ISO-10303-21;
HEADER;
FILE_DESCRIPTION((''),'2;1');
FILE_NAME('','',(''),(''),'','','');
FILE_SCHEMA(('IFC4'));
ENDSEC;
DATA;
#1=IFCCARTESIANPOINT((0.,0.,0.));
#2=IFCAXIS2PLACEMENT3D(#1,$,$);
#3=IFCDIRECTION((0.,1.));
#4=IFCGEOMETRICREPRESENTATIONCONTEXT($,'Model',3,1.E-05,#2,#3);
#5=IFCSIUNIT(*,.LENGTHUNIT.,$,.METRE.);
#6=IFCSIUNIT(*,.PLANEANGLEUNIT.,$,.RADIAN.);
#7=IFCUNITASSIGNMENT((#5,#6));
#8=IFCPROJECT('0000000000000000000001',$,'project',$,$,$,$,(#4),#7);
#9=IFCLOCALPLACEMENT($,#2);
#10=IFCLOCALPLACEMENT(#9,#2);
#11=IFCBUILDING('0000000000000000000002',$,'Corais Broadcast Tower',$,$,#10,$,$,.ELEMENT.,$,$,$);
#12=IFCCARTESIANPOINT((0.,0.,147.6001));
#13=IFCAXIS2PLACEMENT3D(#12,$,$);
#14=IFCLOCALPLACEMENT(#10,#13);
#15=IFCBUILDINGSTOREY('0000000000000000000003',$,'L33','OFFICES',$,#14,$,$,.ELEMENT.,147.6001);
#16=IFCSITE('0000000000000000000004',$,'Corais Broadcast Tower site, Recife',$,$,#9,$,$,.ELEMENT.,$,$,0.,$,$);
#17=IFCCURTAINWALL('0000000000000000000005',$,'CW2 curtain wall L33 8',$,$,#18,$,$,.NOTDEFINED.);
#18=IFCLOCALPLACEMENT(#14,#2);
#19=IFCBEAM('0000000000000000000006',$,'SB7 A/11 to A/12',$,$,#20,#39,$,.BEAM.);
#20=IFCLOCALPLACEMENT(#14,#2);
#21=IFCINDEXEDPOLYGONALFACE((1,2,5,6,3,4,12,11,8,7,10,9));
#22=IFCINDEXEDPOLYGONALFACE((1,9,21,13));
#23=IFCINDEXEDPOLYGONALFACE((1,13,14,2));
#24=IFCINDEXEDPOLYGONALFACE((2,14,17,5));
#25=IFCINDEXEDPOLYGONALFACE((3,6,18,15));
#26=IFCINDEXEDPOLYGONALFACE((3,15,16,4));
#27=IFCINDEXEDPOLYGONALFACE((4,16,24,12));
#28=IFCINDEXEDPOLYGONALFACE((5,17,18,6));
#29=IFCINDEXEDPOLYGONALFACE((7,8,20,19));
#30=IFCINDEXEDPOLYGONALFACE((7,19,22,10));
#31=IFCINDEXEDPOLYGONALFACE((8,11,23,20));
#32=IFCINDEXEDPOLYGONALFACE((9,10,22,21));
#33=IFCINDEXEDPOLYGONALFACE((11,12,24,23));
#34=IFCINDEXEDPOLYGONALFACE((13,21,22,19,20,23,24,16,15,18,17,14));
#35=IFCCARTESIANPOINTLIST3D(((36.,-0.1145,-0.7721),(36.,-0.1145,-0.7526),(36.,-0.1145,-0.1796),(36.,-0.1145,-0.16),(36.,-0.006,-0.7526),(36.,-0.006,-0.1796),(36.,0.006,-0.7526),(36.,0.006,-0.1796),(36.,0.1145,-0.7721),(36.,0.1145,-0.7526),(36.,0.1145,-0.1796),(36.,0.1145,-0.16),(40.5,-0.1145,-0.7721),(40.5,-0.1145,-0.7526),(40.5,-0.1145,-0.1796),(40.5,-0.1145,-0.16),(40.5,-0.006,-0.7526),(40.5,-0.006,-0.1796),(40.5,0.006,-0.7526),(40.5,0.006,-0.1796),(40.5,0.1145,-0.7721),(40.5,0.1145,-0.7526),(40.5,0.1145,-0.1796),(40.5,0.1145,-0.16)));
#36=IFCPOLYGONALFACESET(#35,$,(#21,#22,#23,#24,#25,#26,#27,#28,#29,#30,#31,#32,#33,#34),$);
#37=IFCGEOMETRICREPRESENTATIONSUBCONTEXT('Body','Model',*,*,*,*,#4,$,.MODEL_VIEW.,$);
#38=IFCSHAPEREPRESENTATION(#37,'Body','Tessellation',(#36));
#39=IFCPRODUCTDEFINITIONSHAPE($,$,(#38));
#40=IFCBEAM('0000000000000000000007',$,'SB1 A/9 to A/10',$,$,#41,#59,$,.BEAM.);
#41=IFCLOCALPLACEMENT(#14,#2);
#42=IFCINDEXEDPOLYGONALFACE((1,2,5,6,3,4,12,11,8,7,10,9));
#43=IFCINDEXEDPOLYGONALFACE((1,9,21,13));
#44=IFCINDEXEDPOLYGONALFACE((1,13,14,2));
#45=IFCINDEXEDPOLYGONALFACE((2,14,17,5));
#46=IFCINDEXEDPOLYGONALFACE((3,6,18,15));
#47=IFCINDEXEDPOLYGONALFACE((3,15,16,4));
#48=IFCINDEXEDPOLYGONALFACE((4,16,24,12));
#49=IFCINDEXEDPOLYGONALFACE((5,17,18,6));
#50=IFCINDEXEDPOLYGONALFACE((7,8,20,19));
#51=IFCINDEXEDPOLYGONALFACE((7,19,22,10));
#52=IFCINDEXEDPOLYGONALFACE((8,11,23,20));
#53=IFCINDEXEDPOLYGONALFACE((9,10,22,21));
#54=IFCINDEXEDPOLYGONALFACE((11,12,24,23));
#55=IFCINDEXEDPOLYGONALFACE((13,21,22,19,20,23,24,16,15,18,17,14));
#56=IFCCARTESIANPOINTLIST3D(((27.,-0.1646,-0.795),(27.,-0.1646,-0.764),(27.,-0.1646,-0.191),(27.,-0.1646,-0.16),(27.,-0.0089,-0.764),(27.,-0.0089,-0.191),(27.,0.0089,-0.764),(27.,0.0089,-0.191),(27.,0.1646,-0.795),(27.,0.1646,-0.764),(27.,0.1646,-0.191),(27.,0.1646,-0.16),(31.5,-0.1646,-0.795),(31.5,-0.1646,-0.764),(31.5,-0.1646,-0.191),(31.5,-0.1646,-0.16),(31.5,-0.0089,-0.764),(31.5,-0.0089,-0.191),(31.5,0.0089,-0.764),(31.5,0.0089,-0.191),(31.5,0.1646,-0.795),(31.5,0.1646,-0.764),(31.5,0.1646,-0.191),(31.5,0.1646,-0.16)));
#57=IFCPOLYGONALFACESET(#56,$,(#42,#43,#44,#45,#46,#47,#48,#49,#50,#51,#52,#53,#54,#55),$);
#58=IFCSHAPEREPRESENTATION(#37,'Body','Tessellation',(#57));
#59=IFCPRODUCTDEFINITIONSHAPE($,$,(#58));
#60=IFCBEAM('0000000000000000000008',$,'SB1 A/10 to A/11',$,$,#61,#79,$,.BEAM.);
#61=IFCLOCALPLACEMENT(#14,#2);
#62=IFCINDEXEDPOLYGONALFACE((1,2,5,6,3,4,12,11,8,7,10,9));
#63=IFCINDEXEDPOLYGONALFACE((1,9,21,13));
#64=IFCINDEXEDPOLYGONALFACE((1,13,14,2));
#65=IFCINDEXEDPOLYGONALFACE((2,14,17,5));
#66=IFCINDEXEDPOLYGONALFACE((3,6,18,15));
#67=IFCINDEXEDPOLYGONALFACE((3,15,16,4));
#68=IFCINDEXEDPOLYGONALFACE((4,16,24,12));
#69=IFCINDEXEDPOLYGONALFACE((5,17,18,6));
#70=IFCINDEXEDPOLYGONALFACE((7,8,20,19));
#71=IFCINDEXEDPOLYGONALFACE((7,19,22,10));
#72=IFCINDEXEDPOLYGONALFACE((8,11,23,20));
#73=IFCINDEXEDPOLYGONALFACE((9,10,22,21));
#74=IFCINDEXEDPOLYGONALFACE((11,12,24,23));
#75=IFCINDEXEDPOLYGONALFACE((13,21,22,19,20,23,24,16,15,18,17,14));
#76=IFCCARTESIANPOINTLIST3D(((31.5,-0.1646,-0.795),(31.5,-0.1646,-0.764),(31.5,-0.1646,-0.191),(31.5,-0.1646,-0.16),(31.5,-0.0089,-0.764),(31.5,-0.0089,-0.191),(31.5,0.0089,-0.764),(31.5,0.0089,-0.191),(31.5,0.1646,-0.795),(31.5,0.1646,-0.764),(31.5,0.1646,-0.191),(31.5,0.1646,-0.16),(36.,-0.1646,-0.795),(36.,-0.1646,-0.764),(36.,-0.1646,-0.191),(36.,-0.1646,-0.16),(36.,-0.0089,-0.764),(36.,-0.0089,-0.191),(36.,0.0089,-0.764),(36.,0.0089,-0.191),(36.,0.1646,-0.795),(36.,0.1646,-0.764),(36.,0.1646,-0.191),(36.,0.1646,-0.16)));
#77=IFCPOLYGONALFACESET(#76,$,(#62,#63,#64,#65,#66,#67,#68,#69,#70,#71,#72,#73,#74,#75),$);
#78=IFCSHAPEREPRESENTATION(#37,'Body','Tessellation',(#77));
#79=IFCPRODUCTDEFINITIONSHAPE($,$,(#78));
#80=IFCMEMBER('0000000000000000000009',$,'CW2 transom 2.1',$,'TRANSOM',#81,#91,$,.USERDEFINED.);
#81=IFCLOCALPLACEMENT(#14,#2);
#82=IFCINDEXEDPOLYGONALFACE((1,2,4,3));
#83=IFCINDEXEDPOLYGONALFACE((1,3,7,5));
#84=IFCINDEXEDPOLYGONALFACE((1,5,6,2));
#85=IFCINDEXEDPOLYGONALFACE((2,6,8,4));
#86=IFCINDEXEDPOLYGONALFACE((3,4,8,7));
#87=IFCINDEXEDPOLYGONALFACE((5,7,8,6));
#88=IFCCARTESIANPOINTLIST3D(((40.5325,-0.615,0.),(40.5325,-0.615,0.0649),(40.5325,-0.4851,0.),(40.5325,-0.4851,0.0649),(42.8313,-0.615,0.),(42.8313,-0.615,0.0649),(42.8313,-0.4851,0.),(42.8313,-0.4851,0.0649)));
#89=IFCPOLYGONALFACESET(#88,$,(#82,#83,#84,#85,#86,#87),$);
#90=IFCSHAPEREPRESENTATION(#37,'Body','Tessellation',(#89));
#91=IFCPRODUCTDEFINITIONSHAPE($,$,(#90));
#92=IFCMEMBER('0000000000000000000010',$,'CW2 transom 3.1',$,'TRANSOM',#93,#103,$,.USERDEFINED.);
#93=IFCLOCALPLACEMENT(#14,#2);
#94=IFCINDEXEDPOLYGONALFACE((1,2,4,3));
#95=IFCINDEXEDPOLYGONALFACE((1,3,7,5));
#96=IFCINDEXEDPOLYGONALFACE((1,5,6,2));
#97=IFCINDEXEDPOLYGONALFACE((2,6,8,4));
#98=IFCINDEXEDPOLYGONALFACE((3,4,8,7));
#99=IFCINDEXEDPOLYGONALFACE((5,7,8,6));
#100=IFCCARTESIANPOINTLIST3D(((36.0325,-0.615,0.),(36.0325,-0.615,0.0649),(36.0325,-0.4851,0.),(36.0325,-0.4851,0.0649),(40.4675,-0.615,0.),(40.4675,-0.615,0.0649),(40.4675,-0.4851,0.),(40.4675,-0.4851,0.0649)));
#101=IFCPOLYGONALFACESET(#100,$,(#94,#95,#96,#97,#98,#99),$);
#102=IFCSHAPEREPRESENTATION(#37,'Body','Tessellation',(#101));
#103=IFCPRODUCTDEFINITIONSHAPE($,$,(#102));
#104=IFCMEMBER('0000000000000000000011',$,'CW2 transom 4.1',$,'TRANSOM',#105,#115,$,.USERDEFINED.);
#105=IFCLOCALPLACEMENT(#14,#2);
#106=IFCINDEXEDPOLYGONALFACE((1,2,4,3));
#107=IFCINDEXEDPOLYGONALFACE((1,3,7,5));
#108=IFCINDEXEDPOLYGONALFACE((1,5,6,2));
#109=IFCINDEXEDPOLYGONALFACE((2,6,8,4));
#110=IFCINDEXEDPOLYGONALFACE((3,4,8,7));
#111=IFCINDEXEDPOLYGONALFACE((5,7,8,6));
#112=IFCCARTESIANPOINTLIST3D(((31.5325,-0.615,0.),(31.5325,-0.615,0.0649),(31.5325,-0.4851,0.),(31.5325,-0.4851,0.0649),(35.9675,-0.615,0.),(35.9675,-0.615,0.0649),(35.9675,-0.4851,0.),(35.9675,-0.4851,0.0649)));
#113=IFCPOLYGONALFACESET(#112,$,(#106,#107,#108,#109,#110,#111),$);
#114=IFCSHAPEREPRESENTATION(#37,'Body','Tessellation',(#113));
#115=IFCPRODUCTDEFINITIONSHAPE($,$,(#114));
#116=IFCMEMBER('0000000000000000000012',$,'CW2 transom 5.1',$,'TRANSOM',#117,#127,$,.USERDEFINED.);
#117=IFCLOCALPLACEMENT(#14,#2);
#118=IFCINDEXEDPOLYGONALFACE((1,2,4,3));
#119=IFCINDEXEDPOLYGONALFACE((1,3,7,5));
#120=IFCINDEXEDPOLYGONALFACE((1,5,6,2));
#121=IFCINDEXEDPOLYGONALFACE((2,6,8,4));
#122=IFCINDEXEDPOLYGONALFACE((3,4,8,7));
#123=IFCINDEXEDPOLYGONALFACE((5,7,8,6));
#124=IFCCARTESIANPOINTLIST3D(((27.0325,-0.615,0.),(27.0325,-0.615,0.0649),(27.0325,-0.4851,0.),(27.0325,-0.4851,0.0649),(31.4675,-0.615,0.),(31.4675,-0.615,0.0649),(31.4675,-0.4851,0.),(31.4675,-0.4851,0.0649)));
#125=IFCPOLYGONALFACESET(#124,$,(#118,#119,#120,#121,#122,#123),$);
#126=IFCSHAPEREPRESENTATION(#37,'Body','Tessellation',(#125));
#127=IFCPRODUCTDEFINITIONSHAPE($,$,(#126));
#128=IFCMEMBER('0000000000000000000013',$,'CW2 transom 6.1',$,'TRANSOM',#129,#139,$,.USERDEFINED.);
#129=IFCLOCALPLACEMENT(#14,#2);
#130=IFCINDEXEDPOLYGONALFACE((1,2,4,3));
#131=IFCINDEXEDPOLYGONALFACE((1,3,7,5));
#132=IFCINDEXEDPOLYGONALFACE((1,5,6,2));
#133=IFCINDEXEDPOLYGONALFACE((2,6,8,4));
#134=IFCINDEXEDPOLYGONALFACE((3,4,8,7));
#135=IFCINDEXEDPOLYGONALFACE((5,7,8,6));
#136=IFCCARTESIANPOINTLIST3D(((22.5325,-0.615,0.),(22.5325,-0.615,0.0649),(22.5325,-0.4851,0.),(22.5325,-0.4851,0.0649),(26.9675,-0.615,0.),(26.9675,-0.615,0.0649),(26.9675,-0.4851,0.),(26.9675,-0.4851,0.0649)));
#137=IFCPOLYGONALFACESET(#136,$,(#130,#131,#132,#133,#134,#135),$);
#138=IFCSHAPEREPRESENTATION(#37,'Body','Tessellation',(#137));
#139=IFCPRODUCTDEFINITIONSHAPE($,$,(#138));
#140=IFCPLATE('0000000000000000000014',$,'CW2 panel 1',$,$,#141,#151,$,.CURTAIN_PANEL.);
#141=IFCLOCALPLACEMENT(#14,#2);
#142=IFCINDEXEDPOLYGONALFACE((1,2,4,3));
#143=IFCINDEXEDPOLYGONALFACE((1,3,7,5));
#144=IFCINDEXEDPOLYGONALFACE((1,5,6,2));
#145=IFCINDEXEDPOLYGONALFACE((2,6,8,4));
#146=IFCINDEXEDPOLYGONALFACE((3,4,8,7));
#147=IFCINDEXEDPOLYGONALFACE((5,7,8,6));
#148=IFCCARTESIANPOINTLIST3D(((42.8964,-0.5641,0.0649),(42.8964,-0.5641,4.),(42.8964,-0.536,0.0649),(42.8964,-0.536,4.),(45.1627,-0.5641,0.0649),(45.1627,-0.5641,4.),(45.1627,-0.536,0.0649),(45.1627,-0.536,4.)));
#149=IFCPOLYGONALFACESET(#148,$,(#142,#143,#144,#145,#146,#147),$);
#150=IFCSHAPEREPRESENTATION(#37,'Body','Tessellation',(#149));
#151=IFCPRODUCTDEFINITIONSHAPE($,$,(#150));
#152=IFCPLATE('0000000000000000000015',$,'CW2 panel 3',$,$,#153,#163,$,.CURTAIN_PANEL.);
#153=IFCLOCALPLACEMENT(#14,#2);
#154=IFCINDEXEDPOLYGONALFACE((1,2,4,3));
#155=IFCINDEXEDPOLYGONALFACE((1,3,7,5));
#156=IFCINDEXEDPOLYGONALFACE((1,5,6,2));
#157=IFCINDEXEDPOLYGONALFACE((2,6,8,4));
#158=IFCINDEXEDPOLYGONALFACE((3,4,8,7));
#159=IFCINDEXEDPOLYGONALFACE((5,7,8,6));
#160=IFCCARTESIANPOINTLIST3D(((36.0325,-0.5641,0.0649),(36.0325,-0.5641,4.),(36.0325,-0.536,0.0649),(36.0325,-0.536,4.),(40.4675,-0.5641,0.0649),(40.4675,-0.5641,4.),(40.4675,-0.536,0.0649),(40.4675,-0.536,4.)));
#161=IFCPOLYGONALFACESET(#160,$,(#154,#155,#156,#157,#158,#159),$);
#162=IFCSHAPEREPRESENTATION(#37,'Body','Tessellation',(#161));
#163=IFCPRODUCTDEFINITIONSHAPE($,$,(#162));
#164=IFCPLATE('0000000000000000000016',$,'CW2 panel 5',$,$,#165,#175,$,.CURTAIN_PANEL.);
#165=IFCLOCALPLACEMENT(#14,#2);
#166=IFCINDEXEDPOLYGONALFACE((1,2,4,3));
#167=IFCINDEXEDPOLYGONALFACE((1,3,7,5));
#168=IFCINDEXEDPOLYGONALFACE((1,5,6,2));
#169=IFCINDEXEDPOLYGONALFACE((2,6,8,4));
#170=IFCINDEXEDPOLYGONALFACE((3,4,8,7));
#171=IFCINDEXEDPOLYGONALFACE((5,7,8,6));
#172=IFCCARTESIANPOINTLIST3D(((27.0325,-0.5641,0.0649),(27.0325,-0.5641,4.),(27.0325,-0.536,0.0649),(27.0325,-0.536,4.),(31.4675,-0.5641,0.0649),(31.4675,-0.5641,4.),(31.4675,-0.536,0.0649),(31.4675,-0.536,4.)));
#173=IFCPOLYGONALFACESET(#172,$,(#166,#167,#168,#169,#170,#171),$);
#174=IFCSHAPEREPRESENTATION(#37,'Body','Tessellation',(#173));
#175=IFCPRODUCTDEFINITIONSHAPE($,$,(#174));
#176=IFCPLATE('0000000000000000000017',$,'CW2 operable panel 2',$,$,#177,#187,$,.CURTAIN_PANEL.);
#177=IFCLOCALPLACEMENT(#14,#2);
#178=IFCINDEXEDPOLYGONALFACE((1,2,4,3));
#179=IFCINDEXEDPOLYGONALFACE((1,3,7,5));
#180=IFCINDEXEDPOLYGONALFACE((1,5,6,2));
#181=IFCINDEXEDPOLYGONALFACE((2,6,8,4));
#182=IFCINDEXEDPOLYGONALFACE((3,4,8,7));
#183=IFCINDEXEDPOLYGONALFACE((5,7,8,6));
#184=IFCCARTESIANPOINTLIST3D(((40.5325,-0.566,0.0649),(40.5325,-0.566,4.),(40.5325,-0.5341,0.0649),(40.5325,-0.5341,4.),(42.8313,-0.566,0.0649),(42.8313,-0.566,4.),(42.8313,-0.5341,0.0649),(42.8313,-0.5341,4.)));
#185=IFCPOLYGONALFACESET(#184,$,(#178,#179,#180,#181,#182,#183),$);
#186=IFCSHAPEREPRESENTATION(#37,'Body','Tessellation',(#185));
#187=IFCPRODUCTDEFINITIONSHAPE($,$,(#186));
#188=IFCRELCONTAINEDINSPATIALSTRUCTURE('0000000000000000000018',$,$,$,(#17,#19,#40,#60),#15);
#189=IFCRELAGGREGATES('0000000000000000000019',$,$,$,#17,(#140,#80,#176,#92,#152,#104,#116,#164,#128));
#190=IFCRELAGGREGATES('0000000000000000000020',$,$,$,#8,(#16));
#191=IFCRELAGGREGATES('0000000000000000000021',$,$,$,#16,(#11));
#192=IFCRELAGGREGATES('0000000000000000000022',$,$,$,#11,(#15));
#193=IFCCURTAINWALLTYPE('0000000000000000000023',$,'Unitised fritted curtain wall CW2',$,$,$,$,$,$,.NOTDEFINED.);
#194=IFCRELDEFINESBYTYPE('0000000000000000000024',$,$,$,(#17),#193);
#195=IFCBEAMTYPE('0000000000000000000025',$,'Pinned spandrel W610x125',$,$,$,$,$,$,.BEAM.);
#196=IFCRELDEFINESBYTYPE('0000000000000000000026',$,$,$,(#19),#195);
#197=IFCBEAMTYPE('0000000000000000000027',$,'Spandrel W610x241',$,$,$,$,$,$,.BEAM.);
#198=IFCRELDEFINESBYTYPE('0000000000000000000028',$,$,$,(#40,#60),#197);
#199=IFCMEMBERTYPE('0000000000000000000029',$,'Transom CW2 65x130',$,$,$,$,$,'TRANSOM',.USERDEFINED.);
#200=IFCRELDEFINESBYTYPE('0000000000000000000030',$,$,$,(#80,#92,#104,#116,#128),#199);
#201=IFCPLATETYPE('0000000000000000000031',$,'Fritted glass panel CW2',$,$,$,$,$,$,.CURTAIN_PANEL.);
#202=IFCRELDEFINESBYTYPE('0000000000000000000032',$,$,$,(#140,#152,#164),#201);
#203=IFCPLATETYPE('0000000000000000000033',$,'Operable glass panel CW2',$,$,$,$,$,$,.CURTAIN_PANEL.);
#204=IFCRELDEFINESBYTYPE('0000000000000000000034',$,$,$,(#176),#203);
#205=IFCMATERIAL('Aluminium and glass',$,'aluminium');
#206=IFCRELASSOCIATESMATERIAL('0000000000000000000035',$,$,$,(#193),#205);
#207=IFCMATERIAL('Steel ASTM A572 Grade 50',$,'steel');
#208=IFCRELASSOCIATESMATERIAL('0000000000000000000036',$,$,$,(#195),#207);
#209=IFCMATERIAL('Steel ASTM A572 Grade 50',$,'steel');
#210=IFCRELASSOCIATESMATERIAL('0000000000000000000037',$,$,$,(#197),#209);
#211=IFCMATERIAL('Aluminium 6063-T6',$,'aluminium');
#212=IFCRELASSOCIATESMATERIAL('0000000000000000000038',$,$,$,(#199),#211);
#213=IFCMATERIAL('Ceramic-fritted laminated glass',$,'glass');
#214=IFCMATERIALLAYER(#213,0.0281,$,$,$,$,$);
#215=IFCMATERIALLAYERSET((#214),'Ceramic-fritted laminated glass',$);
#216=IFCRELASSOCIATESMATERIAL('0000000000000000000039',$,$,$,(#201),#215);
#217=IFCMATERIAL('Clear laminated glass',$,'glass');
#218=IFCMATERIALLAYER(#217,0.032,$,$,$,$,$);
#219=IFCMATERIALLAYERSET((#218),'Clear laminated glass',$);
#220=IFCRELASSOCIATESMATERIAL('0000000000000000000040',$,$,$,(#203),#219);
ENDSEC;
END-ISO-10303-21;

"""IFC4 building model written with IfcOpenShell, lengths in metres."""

from ifc_helpers import new_model, si_unit, direction, frame, origin, origin_2d, place, context, subcontext, project, spatial, rectangle, i_section, extrude, material, layer, layer_set, material_profile, profile_set, type_object, element, aggregate, save


model = new_model("IFC4")

# Units and contexts
model_context = context("Model", 3, precision=1e-05, world=origin(), true_north=direction((0.0, 1.0)))
body_context = subcontext(model_context, "Body", "Model", "MODEL_VIEW")
ifc_project = project(units=[si_unit("LENGTHUNIT", "METRE"), si_unit("PLANEANGLEUNIT", "RADIAN")], contexts=[model_context])

# Site, building, storey
site_placement = place(None, origin())
site = spatial("IfcSite", under=ifc_project, at=site_placement, Name="Corais Broadcast Tower site, Recife", CompositionType="ELEMENT", RefElevation=0.0)
building_placement = place(site_placement, origin())
building = spatial("IfcBuilding", under=site, at=building_placement, Name="Corais Broadcast Tower", CompositionType="ELEMENT")
storey_placement = place(building_placement, frame((0.0, 0.0, 147.6001)))
storey = spatial("IfcBuildingStorey", under=building, at=storey_placement, Name="L33", Description="OFFICES", CompositionType="ELEMENT", Elevation=147.6001)

# Curtain wall
ifc_material_1 = material(Name="Aluminium and glass", Category="aluminium")
curtain_wall_type = type_object("IfcCurtainWallType", Name="Unitised fritted curtain wall CW2", PredefinedType="NOTDEFINED", material=ifc_material_1)
curtain_wall_placement = place(storey_placement, origin())
curtain_wall = element("IfcCurtainWall", 1, at=curtain_wall_placement, inside=storey, type_object=curtain_wall_type, Name="CW2 curtain wall L33 8", PredefinedType="NOTDEFINED")

# Beams
ifc_material_2 = material(Name="Steel ASTM A572 Grade 50", Category="steel")
ifc_material_profile_1 = material_profile(ifc_material_2, i_section(OverallWidth=0.229, OverallDepth=0.6121, WebThickness=0.012, FlangeThickness=0.0195, at=origin_2d()), Name="W610x125")
ifc_profile_set_1 = profile_set([ifc_material_profile_1], Name="Steel ASTM A572 Grade 50")
beam_type_1 = type_object("IfcBeamType", Name="Pinned spandrel W610x125", PredefinedType="BEAM", material=ifc_profile_set_1)
beam_placement = place(storey_placement, frame((36.0, 0.0, -0.4661), z_axis=(1.0, 0.0, 0.0), x_axis=(0.0, 1.0, 0.0)))
element("IfcBeam", 2, at=beam_placement, inside=storey, type_object=beam_type_1, Name="SB7 A/11 to A/12", PredefinedType="BEAM", context=body_context, shape_type="SweptSolid", body=[
    extrude(i_section(OverallWidth=0.229, OverallDepth=0.6121, WebThickness=0.012, FlangeThickness=0.0195, at=origin_2d()), origin(), (0.0, 0.0, 1.0), 4.5),
])
ifc_material_3 = material(Name="Steel ASTM A572 Grade 50", Category="steel")
ifc_material_profile_2 = material_profile(ifc_material_3, i_section(OverallWidth=0.3291, OverallDepth=0.635, WebThickness=0.0178, FlangeThickness=0.031, at=origin_2d()), Name="W610x241")
ifc_profile_set_2 = profile_set([ifc_material_profile_2], Name="Steel ASTM A572 Grade 50")
beam_type_2 = type_object("IfcBeamType", Name="Spandrel W610x241", PredefinedType="BEAM", material=ifc_profile_set_2)
for number, where, z_axis, x_axis, name in (
    (3, (27.0, 0.0, -0.4775), (1.0, 0.0, 0.0), (0.0, 1.0, 0.0), "SB1 A/9 to A/10"),
    (4, (31.5, 0.0, -0.4775), (1.0, 0.0, 0.0), (0.0, 1.0, 0.0), "SB1 A/10 to A/11"),
):
    element("IfcBeam", number, at=place(storey_placement, frame(where, z_axis=z_axis, x_axis=x_axis)), inside=storey, type_object=beam_type_2, Name=name, PredefinedType="BEAM", context=body_context, shape_type="SweptSolid", body=[
        extrude(i_section(OverallWidth=0.3291, OverallDepth=0.635, WebThickness=0.0178, FlangeThickness=0.031, at=origin_2d()), origin(), (0.0, 0.0, 1.0), 4.5),
    ])

# Members
ifc_material_4 = material(Name="Aluminium 6063-T6", Category="aluminium")
ifc_material_profile_3 = material_profile(ifc_material_4, rectangle(XDim=0.1299, YDim=0.0649, at=origin_2d()), Name="Transom CW2 65x130")
ifc_profile_set_3 = profile_set([ifc_material_profile_3], Name="Aluminium 6063-T6")
member_type_1 = type_object("IfcMemberType", Name="Transom CW2 65x130", ElementType="TRANSOM", PredefinedType="USERDEFINED", material=ifc_profile_set_3)
member_1_placement = place(storey_placement, frame((42.8313, -0.55, 0.0325), z_axis=(-1.0, 0.0, 0.0), x_axis=(0.0, -1.0, 0.0)))
member_1 = element("IfcMember", 5, at=member_1_placement, type_object=member_type_1, Name="CW2 transom 2.1", ObjectType="TRANSOM", PredefinedType="USERDEFINED", context=body_context, shape_type="SweptSolid", body=[
    extrude(rectangle(XDim=0.1299, YDim=0.0649, at=origin_2d()), origin(), (0.0, 0.0, 1.0), 2.2988),
])
member_2_placement = place(storey_placement, frame((40.4675, -0.55, 0.0325), z_axis=(-1.0, 0.0, 0.0), x_axis=(0.0, -1.0, 0.0)))
member_2 = element("IfcMember", 6, at=member_2_placement, type_object=member_type_1, Name="CW2 transom 3.1", ObjectType="TRANSOM", PredefinedType="USERDEFINED", context=body_context, shape_type="SweptSolid", body=[
    extrude(rectangle(XDim=0.1299, YDim=0.0649, at=origin_2d()), origin(), (0.0, 0.0, 1.0), 4.4351),
])
member_3_placement = place(storey_placement, frame((35.9675, -0.55, 0.0325), z_axis=(-1.0, 0.0, 0.0), x_axis=(0.0, -1.0, 0.0)))
member_3 = element("IfcMember", 7, at=member_3_placement, type_object=member_type_1, Name="CW2 transom 4.1", ObjectType="TRANSOM", PredefinedType="USERDEFINED", context=body_context, shape_type="SweptSolid", body=[
    extrude(rectangle(XDim=0.1299, YDim=0.0649, at=origin_2d()), origin(), (0.0, 0.0, 1.0), 4.4351),
])
member_4_placement = place(storey_placement, frame((31.4675, -0.55, 0.0325), z_axis=(-1.0, 0.0, 0.0), x_axis=(0.0, -1.0, 0.0)))
member_4 = element("IfcMember", 8, at=member_4_placement, type_object=member_type_1, Name="CW2 transom 5.1", ObjectType="TRANSOM", PredefinedType="USERDEFINED", context=body_context, shape_type="SweptSolid", body=[
    extrude(rectangle(XDim=0.1299, YDim=0.0649, at=origin_2d()), origin(), (0.0, 0.0, 1.0), 4.4351),
])
member_5_placement = place(storey_placement, frame((26.9675, -0.55, 0.0325), z_axis=(-1.0, 0.0, 0.0), x_axis=(0.0, -1.0, 0.0)))
member_5 = element("IfcMember", 9, at=member_5_placement, type_object=member_type_1, Name="CW2 transom 6.1", ObjectType="TRANSOM", PredefinedType="USERDEFINED", context=body_context, shape_type="SweptSolid", body=[
    extrude(rectangle(XDim=0.1299, YDim=0.0649, at=origin_2d()), origin(), (0.0, 0.0, 1.0), 4.4351),
])

# Plates
ifc_material_5 = material(Name="Ceramic-fritted laminated glass", Category="glass")
ifc_layer_1 = layer(ifc_material_5, 0.0281)
ifc_layer_set_1 = layer_set([ifc_layer_1], Name="Ceramic-fritted laminated glass")
plate_type_1 = type_object("IfcPlateType", Name="Fritted glass panel CW2", PredefinedType="CURTAIN_PANEL", material=ifc_layer_set_1)
plate_1_placement = place(storey_placement, frame((44.0295, -0.55, 0.0649), z_axis=(0.0, 0.0, 1.0), x_axis=(-1.0, 0.0, 0.0)))
plate_1 = element("IfcPlate", 10, at=plate_1_placement, type_object=plate_type_1, Name="CW2 panel 1", PredefinedType="CURTAIN_PANEL", context=body_context, shape_type="SweptSolid", body=[
    extrude(rectangle(XDim=2.2664, YDim=0.0281, at=origin_2d()), origin(), (0.0, 0.0, 1.0), 3.9351),
])
plate_2_placement = place(storey_placement, frame((38.25, -0.55, 0.0649), z_axis=(0.0, 0.0, 1.0), x_axis=(-1.0, 0.0, 0.0)))
plate_2 = element("IfcPlate", 11, at=plate_2_placement, type_object=plate_type_1, Name="CW2 panel 3", PredefinedType="CURTAIN_PANEL", context=body_context, shape_type="SweptSolid", body=[
    extrude(rectangle(XDim=4.4351, YDim=0.0281, at=origin_2d()), origin(), (0.0, 0.0, 1.0), 3.9351),
])
plate_3_placement = place(storey_placement, frame((29.25, -0.55, 0.0649), z_axis=(0.0, 0.0, 1.0), x_axis=(-1.0, 0.0, 0.0)))
plate_3 = element("IfcPlate", 12, at=plate_3_placement, type_object=plate_type_1, Name="CW2 panel 5", PredefinedType="CURTAIN_PANEL", context=body_context, shape_type="SweptSolid", body=[
    extrude(rectangle(XDim=4.4351, YDim=0.0281, at=origin_2d()), origin(), (0.0, 0.0, 1.0), 3.9351),
])
ifc_material_6 = material(Name="Clear laminated glass", Category="glass")
ifc_layer_2 = layer(ifc_material_6, 0.032)
ifc_layer_set_2 = layer_set([ifc_layer_2], Name="Clear laminated glass")
plate_type_2 = type_object("IfcPlateType", Name="Operable glass panel CW2", PredefinedType="CURTAIN_PANEL", material=ifc_layer_set_2)
plate_4_placement = place(storey_placement, frame((41.6819, -0.55, 0.0649), z_axis=(0.0, 0.0, 1.0), x_axis=(-1.0, 0.0, 0.0)))
plate_4 = element("IfcPlate", 13, at=plate_4_placement, type_object=plate_type_2, Name="CW2 operable panel 2", PredefinedType="CURTAIN_PANEL", context=body_context, shape_type="SweptSolid", body=[
    extrude(rectangle(XDim=2.2988, YDim=0.032, at=origin_2d()), origin(), (0.0, 0.0, 1.0), 3.9351),
])
aggregate(curtain_wall, [plate_1, member_1, plate_4, member_2, plate_2, member_3, member_4, plate_3, member_5])

save(model, "model.ifc")
